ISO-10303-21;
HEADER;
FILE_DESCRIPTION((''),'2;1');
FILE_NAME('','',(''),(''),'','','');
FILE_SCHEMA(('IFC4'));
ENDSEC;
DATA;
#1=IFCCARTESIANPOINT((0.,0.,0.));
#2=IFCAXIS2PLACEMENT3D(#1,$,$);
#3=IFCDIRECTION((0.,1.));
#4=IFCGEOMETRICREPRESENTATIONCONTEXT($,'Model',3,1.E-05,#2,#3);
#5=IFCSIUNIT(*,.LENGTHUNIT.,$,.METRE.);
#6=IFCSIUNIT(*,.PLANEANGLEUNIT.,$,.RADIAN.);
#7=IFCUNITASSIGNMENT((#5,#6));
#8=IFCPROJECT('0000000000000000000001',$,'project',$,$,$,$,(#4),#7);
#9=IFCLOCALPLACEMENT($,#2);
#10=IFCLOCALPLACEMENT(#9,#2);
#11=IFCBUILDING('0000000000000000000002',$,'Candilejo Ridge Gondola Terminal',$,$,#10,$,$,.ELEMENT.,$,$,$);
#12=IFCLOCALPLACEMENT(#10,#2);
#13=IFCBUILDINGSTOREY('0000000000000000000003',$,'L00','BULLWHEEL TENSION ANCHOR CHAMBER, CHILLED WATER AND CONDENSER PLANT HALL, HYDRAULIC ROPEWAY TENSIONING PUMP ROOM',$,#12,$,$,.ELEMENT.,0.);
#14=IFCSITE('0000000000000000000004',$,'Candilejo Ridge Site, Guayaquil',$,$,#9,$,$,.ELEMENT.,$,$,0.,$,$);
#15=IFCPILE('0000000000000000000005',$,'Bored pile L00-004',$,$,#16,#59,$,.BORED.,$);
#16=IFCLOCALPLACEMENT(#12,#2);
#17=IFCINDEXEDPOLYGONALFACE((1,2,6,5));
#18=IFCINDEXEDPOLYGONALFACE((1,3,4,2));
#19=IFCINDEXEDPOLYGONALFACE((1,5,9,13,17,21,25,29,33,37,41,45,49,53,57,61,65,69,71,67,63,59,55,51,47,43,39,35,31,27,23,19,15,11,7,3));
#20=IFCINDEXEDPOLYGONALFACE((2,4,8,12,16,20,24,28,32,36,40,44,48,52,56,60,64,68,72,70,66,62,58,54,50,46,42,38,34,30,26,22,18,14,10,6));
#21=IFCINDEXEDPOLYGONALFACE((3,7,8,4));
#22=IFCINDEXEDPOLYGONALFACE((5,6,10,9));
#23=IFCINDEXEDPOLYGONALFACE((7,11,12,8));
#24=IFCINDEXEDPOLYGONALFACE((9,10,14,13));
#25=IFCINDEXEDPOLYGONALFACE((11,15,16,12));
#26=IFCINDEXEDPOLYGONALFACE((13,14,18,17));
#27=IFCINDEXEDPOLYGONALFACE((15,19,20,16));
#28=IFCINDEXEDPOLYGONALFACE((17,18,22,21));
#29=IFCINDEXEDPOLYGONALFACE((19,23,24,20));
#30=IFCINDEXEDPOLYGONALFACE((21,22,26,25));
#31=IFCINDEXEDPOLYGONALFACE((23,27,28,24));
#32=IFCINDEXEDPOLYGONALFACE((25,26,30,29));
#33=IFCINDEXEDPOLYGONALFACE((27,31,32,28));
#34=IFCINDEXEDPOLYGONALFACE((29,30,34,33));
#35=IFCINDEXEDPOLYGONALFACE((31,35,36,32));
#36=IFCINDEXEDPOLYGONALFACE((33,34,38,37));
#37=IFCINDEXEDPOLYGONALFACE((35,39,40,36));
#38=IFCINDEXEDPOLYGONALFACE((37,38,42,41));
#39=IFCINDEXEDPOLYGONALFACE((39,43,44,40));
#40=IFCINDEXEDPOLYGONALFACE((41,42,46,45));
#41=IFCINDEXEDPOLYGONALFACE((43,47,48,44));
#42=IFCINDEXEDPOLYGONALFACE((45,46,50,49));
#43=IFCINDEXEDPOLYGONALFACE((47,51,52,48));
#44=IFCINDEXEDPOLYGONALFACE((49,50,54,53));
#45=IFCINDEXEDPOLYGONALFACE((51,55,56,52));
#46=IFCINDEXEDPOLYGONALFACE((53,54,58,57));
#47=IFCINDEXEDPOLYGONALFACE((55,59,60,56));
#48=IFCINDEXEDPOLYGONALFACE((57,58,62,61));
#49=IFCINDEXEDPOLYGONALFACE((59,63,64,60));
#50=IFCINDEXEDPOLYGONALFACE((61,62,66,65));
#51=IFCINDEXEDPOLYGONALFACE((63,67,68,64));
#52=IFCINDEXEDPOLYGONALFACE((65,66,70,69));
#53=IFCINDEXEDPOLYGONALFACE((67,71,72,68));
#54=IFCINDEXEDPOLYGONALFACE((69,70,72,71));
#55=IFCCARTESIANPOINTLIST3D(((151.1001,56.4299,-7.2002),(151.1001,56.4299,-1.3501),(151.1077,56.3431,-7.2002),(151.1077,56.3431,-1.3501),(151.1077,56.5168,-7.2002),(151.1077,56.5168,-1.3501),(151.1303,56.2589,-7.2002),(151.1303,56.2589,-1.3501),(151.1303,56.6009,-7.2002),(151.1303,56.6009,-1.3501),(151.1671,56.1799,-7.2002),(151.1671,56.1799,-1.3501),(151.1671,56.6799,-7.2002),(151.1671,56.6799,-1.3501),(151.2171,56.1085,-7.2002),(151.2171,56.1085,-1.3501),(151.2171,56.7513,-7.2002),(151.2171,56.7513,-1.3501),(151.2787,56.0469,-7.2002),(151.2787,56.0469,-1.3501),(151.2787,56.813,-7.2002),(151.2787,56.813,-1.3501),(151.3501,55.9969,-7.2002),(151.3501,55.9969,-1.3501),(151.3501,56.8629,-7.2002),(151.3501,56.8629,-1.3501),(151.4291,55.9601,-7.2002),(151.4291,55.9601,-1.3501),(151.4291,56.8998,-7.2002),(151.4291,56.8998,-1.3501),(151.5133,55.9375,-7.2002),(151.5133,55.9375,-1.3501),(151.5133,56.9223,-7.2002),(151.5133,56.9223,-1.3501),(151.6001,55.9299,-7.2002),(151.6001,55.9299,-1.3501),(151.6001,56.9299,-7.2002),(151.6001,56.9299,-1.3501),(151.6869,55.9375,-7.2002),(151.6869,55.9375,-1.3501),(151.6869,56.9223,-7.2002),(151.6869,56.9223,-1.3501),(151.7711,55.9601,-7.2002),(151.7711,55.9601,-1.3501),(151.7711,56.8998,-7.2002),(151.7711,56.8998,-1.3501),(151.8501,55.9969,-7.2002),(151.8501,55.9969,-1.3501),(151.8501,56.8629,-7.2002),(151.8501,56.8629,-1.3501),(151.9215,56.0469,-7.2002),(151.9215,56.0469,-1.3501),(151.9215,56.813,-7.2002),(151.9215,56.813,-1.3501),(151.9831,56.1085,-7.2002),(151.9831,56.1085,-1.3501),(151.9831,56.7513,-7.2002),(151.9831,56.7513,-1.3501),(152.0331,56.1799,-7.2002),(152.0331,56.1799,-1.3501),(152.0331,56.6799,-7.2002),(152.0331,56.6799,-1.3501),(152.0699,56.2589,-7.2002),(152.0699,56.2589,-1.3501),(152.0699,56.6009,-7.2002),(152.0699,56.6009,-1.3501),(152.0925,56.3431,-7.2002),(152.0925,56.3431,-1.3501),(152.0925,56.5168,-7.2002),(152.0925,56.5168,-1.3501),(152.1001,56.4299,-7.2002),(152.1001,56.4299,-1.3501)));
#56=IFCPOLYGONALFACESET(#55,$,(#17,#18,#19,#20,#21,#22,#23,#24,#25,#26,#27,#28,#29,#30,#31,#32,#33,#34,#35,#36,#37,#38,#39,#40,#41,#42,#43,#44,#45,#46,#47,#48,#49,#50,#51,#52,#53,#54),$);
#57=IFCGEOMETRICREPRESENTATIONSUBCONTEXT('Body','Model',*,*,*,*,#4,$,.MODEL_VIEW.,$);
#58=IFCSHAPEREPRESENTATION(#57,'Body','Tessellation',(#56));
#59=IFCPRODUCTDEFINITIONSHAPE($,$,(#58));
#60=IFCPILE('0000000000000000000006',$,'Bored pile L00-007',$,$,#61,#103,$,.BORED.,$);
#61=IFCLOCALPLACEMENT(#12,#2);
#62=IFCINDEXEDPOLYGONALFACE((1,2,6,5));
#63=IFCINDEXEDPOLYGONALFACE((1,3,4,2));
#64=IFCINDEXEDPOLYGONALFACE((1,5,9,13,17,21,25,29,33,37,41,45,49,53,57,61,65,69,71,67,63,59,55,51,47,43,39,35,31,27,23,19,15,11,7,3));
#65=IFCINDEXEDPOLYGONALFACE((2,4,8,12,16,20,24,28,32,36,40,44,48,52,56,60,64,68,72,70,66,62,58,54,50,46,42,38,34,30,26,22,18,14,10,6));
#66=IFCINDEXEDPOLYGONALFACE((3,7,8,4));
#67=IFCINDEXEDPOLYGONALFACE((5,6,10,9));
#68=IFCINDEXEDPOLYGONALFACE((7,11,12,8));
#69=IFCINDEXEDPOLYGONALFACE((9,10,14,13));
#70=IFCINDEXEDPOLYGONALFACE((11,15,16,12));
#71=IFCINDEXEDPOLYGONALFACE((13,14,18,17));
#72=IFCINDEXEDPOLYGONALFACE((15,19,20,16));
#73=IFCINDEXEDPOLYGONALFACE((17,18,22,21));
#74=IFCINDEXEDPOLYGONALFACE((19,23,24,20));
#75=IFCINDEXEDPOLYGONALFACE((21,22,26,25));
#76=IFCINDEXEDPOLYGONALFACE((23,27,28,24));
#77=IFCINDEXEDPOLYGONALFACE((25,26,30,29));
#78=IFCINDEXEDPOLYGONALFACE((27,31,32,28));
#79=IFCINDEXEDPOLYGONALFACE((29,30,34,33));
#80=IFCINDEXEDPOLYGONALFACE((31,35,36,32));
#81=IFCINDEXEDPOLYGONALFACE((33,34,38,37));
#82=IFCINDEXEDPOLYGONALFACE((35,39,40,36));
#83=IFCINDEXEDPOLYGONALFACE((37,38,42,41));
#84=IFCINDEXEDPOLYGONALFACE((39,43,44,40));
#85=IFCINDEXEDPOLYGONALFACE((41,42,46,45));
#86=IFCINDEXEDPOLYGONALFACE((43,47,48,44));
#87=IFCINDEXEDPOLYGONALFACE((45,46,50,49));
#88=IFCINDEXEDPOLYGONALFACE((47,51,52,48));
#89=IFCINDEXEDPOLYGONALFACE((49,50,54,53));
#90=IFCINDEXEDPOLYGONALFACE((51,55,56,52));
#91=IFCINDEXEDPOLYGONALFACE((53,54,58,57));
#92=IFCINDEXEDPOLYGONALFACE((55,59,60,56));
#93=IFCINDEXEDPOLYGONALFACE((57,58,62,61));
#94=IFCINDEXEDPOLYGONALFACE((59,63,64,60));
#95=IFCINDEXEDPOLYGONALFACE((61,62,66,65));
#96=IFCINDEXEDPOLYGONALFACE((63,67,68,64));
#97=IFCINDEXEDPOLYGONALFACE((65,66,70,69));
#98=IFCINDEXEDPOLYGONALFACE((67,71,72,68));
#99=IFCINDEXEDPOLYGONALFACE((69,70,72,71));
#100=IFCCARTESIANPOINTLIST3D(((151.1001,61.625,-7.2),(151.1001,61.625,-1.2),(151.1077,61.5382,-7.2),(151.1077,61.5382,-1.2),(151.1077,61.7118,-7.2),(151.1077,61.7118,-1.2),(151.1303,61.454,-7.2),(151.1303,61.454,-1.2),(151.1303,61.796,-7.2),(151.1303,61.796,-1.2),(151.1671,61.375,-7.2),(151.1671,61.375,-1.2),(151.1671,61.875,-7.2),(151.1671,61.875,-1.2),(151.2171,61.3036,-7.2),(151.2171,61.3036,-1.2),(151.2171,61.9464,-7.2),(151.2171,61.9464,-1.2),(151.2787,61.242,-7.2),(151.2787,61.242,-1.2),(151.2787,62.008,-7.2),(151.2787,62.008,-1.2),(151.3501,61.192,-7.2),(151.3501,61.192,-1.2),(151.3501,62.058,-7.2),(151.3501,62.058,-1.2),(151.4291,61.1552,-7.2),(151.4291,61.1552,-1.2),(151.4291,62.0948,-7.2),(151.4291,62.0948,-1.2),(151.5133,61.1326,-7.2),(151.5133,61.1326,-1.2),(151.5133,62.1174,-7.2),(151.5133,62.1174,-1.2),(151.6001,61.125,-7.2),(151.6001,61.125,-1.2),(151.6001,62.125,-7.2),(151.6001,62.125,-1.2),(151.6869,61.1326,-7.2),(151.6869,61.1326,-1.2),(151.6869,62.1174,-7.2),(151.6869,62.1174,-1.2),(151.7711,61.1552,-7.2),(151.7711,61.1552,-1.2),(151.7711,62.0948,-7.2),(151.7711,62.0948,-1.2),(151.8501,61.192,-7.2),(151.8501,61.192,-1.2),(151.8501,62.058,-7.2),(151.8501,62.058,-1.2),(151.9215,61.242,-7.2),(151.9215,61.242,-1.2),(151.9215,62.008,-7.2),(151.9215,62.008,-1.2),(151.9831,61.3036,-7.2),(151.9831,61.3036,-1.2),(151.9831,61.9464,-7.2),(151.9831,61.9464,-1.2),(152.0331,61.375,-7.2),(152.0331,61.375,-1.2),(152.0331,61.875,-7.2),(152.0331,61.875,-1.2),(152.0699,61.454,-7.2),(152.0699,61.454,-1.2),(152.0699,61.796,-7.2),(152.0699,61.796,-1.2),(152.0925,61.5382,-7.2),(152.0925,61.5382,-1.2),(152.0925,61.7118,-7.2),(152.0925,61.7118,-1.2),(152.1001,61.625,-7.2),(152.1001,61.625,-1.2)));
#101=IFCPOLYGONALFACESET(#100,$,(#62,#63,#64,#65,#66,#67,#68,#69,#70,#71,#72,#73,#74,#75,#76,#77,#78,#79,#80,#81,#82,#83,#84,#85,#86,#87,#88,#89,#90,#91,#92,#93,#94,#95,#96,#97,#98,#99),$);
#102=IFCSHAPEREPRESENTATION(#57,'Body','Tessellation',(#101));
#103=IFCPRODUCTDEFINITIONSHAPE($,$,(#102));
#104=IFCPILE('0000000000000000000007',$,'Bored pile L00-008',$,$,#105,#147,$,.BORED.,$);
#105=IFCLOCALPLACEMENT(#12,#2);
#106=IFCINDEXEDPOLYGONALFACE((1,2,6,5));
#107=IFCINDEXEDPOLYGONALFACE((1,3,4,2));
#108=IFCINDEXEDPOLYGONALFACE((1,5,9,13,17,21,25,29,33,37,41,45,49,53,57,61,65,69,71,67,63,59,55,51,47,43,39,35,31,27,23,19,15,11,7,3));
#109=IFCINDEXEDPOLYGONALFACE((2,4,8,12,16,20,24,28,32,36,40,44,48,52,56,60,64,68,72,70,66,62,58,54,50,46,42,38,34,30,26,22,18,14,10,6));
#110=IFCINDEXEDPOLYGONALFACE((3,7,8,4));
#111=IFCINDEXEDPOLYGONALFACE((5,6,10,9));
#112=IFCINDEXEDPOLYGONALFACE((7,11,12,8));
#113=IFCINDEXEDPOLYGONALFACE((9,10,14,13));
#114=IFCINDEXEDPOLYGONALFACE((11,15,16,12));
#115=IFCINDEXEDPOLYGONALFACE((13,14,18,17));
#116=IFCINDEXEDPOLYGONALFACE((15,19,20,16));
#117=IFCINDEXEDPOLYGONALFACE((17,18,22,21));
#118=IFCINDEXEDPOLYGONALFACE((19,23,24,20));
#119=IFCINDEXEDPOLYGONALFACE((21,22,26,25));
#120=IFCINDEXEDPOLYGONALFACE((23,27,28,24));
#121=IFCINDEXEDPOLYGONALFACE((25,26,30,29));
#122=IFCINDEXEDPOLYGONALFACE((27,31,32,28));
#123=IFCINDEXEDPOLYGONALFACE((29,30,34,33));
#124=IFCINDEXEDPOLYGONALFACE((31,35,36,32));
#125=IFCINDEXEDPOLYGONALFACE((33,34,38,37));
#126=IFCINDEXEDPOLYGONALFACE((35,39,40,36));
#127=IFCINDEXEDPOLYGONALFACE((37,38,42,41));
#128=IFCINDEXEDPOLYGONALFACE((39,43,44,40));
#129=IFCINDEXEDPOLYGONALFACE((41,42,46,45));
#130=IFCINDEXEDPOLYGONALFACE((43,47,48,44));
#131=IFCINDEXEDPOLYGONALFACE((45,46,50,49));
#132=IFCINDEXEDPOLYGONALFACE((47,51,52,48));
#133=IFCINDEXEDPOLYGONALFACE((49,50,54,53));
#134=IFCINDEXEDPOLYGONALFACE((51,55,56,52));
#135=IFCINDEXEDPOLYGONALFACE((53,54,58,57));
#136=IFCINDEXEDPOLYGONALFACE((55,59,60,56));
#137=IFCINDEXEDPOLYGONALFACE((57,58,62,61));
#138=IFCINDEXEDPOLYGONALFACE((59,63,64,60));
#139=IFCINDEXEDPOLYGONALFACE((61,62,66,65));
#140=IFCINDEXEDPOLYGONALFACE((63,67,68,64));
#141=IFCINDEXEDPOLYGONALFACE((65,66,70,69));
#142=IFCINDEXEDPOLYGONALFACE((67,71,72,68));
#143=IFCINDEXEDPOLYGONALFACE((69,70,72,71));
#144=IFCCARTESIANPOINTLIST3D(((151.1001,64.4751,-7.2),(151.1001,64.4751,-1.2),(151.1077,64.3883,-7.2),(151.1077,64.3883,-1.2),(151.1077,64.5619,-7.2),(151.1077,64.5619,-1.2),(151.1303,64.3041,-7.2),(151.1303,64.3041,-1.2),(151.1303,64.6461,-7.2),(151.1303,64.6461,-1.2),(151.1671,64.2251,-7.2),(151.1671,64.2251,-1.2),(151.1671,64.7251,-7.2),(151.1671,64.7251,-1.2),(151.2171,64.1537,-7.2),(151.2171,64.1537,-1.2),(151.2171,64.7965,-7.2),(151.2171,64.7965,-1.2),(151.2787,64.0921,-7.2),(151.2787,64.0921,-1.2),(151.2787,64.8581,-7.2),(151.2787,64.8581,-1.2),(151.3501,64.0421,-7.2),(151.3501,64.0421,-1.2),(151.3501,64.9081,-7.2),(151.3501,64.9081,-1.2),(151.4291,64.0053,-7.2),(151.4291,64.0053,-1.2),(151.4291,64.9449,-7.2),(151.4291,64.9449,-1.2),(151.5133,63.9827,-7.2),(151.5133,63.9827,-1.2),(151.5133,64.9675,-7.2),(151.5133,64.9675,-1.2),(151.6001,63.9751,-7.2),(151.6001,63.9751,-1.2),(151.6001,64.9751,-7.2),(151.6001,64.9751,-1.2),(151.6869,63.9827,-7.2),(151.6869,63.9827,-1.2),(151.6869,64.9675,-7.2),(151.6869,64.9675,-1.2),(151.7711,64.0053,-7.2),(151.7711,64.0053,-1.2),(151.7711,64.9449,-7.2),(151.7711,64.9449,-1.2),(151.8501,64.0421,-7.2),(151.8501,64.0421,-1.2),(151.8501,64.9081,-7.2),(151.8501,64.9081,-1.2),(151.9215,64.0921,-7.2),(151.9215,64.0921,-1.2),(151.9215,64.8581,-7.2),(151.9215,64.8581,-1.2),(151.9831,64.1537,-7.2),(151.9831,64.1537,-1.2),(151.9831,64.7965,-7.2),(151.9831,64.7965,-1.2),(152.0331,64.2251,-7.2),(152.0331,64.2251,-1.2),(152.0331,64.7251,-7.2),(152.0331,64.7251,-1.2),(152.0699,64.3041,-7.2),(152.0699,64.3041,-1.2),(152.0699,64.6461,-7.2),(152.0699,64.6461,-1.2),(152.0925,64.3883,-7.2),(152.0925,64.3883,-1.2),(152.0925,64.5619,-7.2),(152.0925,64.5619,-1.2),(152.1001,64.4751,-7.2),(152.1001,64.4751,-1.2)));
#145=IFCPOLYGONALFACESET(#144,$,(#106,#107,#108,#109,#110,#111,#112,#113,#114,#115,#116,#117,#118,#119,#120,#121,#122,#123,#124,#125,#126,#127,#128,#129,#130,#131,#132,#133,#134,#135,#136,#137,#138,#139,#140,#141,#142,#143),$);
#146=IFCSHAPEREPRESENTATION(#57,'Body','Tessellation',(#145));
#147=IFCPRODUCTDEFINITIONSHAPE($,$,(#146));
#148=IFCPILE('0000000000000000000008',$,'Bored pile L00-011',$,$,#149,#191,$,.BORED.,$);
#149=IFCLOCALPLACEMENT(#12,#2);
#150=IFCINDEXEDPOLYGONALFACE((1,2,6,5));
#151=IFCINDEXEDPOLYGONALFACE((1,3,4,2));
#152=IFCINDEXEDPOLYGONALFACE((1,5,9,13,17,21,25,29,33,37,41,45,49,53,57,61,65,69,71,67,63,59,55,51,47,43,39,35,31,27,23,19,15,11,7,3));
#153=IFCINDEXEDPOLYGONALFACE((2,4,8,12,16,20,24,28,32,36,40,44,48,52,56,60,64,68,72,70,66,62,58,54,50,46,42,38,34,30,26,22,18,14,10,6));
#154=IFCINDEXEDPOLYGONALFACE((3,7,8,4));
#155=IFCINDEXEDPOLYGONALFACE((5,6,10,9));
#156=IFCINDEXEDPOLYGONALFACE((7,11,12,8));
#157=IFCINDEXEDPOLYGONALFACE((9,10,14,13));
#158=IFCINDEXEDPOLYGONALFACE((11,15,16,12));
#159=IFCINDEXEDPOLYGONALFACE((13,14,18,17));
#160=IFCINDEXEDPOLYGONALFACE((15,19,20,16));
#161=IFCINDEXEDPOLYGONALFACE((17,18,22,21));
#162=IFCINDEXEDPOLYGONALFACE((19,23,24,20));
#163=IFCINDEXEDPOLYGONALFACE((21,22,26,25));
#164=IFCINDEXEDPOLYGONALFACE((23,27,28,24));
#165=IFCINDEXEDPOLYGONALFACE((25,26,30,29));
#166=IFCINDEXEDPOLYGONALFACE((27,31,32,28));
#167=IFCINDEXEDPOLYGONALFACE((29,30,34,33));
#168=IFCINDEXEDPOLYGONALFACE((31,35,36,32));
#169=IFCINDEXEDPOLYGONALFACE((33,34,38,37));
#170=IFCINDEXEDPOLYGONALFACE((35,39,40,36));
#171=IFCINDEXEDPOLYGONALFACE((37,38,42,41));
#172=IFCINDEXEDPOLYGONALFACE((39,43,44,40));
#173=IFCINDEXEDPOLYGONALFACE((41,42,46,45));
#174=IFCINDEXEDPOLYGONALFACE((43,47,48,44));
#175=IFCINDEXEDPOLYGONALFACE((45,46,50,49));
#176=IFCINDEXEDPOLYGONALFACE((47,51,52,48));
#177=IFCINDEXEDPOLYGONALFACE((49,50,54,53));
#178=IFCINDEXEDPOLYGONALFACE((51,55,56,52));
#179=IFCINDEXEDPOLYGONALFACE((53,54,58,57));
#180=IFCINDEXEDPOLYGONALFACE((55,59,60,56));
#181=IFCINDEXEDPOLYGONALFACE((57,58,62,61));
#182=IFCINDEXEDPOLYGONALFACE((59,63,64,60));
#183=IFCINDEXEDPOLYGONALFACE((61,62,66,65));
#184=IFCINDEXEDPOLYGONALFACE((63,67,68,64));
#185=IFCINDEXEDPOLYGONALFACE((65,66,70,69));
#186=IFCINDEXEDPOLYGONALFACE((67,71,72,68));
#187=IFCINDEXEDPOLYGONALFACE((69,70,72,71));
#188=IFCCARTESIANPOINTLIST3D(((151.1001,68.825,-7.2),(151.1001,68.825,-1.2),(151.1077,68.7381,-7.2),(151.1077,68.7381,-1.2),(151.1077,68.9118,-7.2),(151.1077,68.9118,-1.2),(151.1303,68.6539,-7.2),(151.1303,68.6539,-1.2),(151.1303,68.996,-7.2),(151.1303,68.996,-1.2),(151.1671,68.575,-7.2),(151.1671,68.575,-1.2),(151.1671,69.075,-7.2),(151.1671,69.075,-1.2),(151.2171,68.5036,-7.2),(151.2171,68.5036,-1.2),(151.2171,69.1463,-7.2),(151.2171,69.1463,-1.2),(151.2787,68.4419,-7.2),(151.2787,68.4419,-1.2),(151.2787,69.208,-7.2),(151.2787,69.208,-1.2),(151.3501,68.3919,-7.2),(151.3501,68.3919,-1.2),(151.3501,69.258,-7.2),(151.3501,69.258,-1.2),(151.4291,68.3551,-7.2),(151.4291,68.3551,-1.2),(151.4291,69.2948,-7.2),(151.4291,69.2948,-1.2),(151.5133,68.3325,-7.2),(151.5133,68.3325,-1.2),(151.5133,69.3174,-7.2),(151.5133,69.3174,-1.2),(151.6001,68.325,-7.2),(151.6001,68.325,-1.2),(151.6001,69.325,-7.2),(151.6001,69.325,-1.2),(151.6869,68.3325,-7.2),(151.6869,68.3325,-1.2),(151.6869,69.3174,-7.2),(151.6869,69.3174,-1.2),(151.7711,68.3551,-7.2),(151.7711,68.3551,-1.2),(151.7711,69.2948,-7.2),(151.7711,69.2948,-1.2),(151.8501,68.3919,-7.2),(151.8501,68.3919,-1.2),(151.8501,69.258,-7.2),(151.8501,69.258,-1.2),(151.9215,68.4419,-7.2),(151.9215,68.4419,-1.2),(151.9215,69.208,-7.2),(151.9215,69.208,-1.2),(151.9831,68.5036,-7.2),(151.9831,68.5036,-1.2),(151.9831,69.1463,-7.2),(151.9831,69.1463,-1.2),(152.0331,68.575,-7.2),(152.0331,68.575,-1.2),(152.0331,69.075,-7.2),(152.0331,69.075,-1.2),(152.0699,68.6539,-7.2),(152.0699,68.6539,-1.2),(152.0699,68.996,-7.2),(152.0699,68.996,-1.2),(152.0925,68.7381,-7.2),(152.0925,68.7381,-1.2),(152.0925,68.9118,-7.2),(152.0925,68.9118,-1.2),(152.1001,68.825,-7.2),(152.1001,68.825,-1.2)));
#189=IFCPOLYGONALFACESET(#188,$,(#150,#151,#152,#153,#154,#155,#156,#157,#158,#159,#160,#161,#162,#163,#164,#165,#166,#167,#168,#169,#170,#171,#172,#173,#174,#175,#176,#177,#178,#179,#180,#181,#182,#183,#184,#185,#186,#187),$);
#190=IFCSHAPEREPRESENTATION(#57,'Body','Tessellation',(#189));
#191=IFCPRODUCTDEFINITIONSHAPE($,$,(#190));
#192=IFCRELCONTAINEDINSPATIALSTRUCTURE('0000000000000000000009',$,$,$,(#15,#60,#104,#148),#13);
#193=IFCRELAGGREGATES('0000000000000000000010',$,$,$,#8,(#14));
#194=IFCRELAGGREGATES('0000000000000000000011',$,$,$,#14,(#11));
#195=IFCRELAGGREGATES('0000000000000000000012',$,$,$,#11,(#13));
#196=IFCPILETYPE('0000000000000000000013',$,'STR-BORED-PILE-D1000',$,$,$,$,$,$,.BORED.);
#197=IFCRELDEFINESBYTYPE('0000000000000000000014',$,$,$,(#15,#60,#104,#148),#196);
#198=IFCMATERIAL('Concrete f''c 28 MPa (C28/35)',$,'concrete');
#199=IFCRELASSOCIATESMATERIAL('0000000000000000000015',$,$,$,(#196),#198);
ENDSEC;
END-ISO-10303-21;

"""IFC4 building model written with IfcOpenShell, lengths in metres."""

from ifc_helpers import new_model, si_unit, direction, frame, origin, origin_2d, place, context, subcontext, project, spatial, circle, extrude, material, material_profile, profile_set, type_object, element, save


model = new_model("IFC4")

# Units and contexts
model_context = context("Model", 3, precision=1e-05, world=origin(), true_north=direction((0.0, 1.0)))
body_context = subcontext(model_context, "Body", "Model", "MODEL_VIEW")
ifc_project = project(units=[si_unit("LENGTHUNIT", "METRE"), si_unit("PLANEANGLEUNIT", "RADIAN")], contexts=[model_context])

# Site, building, storey
site_placement = place(None, origin())
site = spatial("IfcSite", under=ifc_project, at=site_placement, Name="Candilejo Ridge Site, Guayaquil", CompositionType="ELEMENT", RefElevation=0.0)
building_placement = place(site_placement, origin())
building = spatial("IfcBuilding", under=site, at=building_placement, Name="Candilejo Ridge Gondola Terminal", CompositionType="ELEMENT")
storey_placement = place(building_placement, origin())
storey = spatial("IfcBuildingStorey", under=building, at=storey_placement, Name="L00", Description="BULLWHEEL TENSION ANCHOR CHAMBER, CHILLED WATER AND CONDENSER PLANT HALL, HYDRAULIC ROPEWAY TENSIONING PUMP ROOM", CompositionType="ELEMENT", Elevation=0.0)

# Piles
ifc_material_1 = material(Name="Concrete f'c 28 MPa (C28/35)", Category="concrete")
ifc_material_profile_1 = material_profile(ifc_material_1, circle(Radius=0.5, at=origin_2d()))
ifc_profile_set_1 = profile_set([ifc_material_profile_1], Name="Concrete f'c 28 MPa (C28/35)")
pile_type = type_object("IfcPileType", Name="STR-BORED-PILE-D1000", PredefinedType="BORED", material=ifc_profile_set_1)
pile_placement = place(storey_placement, frame((151.6001, 56.4299, -1.3501), z_axis=(0.0, 0.0, -1.0), x_axis=(1.0, 0.0, 0.0)))
element("IfcPile", 1, at=pile_placement, inside=storey, type_object=pile_type, Name="Bored pile L00-004", PredefinedType="BORED", context=body_context, shape_type="SweptSolid", body=[
    extrude(circle(Radius=0.5, at=origin_2d()), origin(), (0.0, 0.0, 1.0), 5.8501),
])
for number, where, z_axis, x_axis, name in (
    (2, (151.6001, 61.625, -1.2), (0.0, 0.0, -1.0), (1.0, 0.0, 0.0), "Bored pile L00-007"),
    (3, (151.6001, 64.4751, -1.2), (0.0, 0.0, -1.0), (1.0, 0.0, 0.0), "Bored pile L00-008"),
    (4, (151.6001, 68.825, -1.2), (0.0, 0.0, -1.0), (1.0, 0.0, 0.0), "Bored pile L00-011"),
):
    element("IfcPile", number, at=place(storey_placement, frame(where, z_axis=z_axis, x_axis=x_axis)), inside=storey, type_object=pile_type, Name=name, PredefinedType="BORED", context=body_context, shape_type="SweptSolid", body=[
        extrude(circle(Radius=0.5, at=origin_2d()), origin(), (0.0, 0.0, 1.0), 6.0),
    ])

save(model, "model.ifc")
